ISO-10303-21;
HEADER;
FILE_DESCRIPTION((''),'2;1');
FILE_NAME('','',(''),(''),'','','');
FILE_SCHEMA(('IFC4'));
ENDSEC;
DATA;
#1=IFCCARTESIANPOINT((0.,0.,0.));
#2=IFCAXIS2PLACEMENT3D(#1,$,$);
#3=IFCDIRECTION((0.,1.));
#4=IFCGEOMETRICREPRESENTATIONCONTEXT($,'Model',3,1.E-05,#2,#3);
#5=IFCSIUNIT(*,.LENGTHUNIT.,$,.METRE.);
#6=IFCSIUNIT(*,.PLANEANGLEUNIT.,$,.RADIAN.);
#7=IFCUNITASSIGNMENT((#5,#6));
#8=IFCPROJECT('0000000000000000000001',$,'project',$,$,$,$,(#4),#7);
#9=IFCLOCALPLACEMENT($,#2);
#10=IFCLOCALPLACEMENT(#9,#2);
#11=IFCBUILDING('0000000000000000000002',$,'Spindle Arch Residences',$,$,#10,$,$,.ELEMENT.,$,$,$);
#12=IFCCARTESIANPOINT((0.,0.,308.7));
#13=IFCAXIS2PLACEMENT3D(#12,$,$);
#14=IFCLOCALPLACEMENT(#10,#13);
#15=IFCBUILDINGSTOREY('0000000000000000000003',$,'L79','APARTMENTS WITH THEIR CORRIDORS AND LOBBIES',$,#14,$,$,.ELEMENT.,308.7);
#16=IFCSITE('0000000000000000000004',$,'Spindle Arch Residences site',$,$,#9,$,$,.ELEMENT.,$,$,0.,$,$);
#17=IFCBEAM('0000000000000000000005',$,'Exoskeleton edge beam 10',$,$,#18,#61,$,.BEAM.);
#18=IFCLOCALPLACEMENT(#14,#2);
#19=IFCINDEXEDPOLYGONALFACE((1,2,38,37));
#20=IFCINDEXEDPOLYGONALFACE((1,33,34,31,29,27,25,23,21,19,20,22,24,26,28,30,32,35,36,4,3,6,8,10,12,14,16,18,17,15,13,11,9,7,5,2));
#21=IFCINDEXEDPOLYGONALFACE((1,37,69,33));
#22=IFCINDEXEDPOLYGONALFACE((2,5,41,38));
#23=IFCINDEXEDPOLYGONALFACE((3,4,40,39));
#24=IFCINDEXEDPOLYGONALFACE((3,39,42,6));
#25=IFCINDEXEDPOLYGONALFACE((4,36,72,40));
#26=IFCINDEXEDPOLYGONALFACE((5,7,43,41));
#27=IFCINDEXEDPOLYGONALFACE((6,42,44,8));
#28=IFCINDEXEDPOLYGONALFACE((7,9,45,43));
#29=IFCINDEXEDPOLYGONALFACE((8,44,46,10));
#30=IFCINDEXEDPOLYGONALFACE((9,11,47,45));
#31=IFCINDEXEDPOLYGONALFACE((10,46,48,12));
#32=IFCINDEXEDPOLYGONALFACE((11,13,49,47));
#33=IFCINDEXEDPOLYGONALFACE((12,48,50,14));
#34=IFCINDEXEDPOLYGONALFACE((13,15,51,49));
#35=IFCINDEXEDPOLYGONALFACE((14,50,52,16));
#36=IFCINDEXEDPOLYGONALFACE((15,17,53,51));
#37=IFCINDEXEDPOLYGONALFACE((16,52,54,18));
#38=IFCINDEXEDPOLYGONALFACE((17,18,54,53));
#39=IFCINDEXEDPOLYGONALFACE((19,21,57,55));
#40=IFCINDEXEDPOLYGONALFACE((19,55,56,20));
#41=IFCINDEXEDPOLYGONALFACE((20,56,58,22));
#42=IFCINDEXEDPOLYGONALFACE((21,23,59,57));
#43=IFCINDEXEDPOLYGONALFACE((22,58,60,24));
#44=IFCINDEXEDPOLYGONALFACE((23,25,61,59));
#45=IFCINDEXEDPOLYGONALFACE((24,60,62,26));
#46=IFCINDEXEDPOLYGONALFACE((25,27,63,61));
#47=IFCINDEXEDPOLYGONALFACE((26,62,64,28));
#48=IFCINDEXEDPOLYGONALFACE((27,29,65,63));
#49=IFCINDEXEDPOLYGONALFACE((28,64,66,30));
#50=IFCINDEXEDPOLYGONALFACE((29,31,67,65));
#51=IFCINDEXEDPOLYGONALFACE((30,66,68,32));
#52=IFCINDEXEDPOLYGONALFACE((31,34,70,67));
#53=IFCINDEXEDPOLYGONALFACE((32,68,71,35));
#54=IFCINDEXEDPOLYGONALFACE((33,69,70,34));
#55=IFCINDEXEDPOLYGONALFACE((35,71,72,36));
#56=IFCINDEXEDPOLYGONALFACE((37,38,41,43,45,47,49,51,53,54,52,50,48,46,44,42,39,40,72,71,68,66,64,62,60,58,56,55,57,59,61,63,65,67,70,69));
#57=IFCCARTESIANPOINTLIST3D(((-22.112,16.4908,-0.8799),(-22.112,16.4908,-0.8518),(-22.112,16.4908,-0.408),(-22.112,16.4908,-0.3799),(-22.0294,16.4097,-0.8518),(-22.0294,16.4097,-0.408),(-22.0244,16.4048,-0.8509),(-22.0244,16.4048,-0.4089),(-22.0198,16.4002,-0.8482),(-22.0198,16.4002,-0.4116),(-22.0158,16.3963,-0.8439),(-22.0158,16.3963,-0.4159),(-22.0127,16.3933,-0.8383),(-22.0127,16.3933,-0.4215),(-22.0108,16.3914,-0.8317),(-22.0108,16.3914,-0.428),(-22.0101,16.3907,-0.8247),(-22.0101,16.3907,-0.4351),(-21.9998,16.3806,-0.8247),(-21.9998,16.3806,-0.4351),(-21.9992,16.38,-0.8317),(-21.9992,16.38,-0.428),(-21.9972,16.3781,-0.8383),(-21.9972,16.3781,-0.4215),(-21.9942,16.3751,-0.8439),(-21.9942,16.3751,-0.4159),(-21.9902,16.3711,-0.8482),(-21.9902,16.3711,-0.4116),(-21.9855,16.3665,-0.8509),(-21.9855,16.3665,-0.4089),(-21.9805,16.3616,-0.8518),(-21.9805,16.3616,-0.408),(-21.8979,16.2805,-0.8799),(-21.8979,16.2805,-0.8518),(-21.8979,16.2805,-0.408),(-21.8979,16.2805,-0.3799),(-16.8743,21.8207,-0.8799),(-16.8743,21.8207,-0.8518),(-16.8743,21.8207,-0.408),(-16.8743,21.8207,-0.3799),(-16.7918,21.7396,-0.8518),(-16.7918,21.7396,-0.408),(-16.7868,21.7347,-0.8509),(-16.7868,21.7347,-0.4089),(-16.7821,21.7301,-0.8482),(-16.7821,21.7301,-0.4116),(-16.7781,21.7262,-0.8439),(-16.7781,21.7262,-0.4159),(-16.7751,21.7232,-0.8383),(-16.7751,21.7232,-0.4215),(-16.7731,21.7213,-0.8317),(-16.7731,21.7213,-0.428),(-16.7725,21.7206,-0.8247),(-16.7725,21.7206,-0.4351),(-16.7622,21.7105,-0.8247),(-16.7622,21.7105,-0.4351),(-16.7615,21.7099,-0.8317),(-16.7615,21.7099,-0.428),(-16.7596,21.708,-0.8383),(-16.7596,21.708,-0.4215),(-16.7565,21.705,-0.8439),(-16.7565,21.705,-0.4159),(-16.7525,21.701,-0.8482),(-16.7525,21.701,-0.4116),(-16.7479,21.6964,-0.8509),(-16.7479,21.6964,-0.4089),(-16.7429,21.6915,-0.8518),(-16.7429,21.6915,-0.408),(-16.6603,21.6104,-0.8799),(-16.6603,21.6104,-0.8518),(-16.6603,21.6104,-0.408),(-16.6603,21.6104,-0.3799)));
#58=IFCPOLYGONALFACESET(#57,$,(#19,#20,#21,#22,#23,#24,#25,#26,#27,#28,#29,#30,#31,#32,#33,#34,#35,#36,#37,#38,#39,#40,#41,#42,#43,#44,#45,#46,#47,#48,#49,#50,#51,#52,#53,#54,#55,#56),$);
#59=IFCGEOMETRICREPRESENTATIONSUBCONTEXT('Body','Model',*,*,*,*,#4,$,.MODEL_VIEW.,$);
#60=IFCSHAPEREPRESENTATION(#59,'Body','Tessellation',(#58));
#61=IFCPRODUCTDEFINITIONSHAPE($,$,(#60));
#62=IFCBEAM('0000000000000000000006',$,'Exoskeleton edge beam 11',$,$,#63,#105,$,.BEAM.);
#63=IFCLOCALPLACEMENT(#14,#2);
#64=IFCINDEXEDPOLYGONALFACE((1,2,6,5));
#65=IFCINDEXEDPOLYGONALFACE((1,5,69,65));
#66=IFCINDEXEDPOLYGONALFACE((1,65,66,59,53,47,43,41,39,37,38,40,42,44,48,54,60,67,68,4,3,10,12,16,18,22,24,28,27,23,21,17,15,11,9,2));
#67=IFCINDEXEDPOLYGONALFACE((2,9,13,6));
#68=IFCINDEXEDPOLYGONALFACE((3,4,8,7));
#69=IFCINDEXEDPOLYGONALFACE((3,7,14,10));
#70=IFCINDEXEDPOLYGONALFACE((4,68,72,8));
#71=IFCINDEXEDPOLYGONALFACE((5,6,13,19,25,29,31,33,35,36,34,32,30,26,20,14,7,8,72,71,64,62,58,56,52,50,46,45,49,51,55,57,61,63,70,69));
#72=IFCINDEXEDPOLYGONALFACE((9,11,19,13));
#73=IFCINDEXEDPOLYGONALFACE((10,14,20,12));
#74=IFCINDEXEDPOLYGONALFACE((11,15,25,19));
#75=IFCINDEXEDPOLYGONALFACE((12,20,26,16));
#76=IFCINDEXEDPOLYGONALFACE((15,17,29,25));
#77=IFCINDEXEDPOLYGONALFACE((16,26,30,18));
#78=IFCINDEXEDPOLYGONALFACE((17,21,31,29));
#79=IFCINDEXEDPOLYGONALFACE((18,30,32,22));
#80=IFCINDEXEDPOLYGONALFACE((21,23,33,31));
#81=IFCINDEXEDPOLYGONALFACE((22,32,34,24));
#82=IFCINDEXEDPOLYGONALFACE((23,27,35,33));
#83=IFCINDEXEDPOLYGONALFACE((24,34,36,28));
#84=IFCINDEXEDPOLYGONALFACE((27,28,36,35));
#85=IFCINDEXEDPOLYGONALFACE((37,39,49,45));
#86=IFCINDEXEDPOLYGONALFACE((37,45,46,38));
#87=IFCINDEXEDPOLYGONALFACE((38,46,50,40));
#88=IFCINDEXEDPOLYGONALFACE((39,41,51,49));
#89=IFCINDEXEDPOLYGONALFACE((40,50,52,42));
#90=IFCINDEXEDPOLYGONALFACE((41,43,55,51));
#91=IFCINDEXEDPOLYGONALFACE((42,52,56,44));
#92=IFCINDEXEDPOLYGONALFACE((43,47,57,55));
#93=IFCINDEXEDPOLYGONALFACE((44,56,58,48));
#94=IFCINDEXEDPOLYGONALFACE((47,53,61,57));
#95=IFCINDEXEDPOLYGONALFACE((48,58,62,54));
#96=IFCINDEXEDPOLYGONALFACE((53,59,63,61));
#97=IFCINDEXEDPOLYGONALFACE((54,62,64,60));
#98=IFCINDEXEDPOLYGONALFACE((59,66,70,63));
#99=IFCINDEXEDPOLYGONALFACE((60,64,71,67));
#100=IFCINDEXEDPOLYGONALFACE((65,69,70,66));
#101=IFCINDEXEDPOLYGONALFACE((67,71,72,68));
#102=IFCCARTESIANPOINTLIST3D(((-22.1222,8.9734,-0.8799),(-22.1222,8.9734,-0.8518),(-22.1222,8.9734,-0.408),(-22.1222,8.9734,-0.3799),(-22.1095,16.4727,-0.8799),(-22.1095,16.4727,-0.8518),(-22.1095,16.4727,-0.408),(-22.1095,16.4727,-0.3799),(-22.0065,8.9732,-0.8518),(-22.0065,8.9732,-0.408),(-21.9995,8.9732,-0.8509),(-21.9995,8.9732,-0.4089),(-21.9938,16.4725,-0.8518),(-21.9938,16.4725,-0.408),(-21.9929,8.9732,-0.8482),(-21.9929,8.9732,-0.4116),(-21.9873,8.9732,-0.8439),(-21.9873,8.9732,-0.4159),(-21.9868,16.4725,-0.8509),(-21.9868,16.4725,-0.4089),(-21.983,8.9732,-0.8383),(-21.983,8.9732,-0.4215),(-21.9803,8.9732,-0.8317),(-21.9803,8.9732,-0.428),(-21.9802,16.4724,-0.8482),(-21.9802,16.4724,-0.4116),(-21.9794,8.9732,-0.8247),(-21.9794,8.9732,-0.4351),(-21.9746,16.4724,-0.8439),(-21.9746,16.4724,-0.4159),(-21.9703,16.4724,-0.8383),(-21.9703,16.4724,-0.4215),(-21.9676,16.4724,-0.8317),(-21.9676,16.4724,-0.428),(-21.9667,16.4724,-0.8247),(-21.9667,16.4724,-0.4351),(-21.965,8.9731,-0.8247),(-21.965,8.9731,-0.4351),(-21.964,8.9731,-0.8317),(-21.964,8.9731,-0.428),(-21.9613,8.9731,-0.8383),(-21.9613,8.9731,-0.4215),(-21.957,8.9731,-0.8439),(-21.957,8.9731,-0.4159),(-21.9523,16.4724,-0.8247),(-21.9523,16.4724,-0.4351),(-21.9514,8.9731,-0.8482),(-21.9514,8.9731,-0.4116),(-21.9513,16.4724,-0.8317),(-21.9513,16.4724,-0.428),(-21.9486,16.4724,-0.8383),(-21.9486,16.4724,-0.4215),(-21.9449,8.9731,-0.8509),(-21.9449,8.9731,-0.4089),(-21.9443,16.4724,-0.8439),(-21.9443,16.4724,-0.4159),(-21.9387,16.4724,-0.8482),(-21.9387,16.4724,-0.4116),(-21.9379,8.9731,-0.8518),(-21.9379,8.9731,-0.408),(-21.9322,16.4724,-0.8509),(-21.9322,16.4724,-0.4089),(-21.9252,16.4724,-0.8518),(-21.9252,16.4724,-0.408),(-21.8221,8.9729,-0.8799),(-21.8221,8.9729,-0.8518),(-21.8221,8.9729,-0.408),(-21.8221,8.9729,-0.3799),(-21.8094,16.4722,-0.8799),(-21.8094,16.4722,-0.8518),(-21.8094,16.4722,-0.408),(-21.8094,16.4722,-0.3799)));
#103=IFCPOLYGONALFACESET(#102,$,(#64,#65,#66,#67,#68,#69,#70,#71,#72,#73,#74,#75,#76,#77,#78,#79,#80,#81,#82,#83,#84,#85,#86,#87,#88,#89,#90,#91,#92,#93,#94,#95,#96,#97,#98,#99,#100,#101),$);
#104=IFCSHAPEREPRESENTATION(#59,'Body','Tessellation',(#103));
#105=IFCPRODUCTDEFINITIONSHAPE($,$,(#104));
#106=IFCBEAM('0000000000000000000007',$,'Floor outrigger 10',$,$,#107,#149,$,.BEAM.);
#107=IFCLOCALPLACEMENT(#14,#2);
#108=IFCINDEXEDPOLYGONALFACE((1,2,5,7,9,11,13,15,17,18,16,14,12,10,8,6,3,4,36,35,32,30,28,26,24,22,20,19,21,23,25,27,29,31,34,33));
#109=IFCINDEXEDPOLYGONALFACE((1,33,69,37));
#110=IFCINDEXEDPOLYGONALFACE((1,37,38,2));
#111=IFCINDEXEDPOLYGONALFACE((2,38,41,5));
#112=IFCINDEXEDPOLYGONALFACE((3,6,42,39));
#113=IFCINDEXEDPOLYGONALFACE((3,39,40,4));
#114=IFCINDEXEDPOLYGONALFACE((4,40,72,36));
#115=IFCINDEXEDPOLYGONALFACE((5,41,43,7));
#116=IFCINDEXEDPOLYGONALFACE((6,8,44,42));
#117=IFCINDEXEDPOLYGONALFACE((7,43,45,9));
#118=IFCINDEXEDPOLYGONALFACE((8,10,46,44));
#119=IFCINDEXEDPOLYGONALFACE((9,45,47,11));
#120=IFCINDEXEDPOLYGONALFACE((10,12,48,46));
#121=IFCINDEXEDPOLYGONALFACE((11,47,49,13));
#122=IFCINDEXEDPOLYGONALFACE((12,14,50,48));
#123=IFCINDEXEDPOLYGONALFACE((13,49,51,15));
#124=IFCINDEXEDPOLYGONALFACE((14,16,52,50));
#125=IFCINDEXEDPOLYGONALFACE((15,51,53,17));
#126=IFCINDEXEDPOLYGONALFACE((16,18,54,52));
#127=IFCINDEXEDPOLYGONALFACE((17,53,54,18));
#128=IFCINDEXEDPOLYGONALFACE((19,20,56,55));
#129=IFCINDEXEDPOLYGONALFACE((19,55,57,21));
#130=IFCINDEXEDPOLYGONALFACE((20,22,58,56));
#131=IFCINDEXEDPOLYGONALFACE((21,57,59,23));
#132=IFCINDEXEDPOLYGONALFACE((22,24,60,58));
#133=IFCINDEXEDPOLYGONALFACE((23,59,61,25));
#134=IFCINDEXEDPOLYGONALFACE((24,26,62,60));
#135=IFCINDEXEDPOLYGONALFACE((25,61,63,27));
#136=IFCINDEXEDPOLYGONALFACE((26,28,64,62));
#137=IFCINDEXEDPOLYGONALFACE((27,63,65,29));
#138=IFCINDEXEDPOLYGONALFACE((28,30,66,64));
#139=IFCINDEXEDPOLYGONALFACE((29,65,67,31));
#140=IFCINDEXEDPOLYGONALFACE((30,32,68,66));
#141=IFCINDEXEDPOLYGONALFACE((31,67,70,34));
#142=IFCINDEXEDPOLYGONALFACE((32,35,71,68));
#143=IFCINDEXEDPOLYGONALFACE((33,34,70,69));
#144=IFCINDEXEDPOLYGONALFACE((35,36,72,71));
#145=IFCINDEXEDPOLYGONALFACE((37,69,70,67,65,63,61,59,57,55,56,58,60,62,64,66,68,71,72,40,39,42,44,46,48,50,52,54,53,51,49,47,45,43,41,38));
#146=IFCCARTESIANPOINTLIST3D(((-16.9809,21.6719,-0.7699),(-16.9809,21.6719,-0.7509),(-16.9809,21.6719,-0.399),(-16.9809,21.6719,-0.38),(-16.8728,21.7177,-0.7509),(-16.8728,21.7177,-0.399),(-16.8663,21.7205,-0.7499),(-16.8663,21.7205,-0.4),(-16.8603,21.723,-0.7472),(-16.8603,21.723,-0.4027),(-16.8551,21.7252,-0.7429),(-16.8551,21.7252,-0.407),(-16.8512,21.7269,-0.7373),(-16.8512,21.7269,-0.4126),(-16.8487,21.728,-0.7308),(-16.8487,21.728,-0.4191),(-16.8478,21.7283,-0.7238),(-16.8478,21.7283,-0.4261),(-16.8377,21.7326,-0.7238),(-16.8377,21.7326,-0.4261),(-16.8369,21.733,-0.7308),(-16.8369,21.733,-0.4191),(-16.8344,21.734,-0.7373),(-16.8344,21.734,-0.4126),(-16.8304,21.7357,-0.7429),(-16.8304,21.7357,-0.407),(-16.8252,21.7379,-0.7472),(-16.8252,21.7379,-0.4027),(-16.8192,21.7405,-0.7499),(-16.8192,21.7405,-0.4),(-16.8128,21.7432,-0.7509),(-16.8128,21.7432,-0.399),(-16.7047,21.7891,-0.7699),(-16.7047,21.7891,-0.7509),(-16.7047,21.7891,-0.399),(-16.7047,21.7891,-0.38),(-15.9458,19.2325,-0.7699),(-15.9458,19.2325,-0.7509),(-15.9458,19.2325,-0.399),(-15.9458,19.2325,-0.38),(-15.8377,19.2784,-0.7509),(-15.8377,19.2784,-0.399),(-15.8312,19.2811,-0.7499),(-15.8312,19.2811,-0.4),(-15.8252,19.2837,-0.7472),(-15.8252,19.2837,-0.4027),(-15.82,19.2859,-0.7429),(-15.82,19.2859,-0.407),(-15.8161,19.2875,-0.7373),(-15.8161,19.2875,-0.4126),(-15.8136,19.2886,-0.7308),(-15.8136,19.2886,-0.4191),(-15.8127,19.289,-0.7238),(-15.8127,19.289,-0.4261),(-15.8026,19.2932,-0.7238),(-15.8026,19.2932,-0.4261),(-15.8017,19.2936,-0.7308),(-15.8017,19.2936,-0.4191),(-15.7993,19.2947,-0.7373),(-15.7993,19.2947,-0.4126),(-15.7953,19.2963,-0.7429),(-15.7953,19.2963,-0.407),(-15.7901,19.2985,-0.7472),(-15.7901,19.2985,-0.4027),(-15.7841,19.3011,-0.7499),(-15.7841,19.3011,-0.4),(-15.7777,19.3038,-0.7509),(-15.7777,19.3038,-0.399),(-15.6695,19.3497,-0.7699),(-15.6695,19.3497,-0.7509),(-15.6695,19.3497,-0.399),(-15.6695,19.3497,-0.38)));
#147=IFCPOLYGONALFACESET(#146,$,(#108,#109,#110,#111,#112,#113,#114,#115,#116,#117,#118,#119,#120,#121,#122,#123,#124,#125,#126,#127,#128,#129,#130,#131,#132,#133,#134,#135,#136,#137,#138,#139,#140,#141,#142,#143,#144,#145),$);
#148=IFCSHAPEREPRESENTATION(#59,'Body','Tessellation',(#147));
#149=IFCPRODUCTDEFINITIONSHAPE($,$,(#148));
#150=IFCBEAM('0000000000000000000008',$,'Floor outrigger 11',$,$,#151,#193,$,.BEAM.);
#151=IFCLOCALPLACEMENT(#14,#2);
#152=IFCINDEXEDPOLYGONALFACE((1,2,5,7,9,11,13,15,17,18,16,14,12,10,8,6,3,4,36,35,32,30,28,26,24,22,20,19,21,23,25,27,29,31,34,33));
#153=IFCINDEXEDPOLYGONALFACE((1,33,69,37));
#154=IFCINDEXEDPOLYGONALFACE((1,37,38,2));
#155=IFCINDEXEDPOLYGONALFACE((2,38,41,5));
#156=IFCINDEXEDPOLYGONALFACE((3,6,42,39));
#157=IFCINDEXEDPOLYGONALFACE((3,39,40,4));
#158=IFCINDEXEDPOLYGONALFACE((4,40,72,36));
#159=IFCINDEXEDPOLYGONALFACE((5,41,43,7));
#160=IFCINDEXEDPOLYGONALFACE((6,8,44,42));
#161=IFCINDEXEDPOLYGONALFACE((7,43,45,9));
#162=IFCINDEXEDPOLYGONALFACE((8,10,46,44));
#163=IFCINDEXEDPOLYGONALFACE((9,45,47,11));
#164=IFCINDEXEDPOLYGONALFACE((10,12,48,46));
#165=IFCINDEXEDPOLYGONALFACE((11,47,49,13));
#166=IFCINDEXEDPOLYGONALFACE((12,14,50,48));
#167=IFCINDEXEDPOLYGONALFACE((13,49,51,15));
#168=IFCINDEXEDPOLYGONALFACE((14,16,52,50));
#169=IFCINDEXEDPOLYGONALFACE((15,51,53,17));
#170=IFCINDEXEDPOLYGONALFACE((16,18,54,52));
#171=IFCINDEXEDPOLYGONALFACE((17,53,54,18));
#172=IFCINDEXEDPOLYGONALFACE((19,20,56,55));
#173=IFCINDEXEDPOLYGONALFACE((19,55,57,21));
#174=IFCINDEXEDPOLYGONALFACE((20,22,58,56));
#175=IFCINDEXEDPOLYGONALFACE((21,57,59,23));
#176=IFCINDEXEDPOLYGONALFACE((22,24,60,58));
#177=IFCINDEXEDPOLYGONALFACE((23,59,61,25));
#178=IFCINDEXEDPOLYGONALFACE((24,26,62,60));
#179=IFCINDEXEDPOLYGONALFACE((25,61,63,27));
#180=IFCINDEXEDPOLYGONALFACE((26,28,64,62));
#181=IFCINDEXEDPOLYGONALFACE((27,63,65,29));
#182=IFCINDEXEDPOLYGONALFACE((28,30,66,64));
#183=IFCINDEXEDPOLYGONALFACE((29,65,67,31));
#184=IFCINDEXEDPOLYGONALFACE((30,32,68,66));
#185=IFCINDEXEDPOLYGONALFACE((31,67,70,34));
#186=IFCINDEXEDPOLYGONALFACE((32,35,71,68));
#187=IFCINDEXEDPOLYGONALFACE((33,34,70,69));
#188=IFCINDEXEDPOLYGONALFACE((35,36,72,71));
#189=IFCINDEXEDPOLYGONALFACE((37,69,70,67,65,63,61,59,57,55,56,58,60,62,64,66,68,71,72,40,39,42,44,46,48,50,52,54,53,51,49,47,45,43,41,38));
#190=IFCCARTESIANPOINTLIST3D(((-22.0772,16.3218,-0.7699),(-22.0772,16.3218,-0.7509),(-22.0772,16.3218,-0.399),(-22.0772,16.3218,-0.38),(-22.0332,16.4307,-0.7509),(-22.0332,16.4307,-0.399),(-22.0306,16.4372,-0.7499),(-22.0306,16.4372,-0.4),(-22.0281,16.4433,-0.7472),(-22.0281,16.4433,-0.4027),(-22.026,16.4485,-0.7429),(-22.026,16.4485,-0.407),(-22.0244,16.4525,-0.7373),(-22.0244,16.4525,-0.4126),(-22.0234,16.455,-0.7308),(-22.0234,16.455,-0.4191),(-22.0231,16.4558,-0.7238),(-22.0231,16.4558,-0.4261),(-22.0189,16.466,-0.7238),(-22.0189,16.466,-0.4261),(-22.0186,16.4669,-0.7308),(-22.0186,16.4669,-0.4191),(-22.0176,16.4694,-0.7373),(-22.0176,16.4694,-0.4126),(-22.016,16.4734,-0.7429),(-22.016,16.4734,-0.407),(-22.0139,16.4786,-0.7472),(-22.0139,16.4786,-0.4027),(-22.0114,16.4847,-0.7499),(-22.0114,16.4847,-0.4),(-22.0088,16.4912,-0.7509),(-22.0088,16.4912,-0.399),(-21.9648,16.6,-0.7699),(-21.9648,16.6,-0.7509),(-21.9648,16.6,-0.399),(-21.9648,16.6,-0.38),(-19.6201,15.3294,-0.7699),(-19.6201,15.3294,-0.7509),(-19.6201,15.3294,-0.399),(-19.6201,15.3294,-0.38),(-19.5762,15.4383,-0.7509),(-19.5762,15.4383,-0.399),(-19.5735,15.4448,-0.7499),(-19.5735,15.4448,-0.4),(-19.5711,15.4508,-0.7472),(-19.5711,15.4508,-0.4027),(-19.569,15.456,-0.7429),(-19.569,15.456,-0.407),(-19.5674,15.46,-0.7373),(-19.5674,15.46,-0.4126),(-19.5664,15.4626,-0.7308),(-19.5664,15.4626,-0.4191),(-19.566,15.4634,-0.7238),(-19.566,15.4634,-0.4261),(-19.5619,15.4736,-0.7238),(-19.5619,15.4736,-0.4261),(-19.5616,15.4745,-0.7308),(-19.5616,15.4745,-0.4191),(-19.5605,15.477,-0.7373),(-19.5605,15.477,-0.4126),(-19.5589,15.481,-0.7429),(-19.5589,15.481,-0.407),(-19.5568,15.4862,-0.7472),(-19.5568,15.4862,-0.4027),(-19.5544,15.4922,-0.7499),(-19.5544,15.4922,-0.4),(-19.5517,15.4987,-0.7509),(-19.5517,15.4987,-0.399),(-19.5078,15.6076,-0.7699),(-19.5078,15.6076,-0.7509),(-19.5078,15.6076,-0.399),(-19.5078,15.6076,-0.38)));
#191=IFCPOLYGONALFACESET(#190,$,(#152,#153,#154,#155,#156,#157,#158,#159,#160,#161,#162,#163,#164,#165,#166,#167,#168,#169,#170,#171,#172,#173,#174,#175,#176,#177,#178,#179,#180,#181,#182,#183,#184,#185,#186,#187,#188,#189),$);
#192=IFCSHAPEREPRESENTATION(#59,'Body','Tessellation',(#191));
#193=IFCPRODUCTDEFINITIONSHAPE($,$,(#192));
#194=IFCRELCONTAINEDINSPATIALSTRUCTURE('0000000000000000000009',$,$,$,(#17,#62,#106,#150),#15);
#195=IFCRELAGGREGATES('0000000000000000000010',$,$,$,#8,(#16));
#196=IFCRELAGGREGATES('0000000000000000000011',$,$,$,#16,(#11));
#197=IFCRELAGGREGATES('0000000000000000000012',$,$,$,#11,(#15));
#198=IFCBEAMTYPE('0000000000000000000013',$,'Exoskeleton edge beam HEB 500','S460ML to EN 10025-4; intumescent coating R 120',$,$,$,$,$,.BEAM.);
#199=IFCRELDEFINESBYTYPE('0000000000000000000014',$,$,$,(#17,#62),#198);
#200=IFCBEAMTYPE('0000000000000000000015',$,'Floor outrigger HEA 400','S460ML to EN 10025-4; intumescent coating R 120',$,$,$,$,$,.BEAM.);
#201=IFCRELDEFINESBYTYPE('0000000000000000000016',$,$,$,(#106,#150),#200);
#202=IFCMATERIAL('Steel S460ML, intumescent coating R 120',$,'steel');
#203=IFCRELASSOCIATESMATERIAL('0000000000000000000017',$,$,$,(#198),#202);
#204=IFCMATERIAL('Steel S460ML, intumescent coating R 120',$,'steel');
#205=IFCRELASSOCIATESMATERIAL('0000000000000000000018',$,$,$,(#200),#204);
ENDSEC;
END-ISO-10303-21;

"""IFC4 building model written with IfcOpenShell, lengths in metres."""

from ifc_helpers import new_model, si_unit, direction, frame, origin, origin_2d, place, context, subcontext, project, spatial, i_section, extrude, material, material_profile, profile_set, type_object, element, save


model = new_model("IFC4")

# Units and contexts
model_context = context("Model", 3, precision=1e-05, world=origin(), true_north=direction((0.0, 1.0)))
body_context = subcontext(model_context, "Body", "Model", "MODEL_VIEW")
ifc_project = project(units=[si_unit("LENGTHUNIT", "METRE"), si_unit("PLANEANGLEUNIT", "RADIAN")], contexts=[model_context])

# Site, building, storey
site_placement = place(None, origin())
site = spatial("IfcSite", under=ifc_project, at=site_placement, Name="Spindle Arch Residences site", CompositionType="ELEMENT", RefElevation=0.0)
building_placement = place(site_placement, origin())
building = spatial("IfcBuilding", under=site, at=building_placement, Name="Spindle Arch Residences", CompositionType="ELEMENT")
storey_placement = place(building_placement, frame((0.0, 0.0, 308.7)))
storey = spatial("IfcBuildingStorey", under=building, at=storey_placement, Name="L79", Description="APARTMENTS WITH THEIR CORRIDORS AND LOBBIES", CompositionType="ELEMENT", Elevation=308.7)

# Beams
ifc_material_1 = material(Name="Steel S460ML, intumescent coating R 120", Category="steel")
ifc_material_profile_1 = material_profile(ifc_material_1, i_section(OverallWidth=0.3, OverallDepth=0.5, WebThickness=0.0144, FlangeThickness=0.0281, FilletRadius=0.0271, at=origin_2d()), Name="HEB 500")
ifc_profile_set_1 = profile_set([ifc_material_profile_1], Name="Steel S460ML, intumescent coating R 120")
beam_type_1 = type_object("IfcBeamType", Name="Exoskeleton edge beam HEB 500", Description="S460ML to EN 10025-4; intumescent coating R 120", PredefinedType="BEAM", material=ifc_profile_set_1)
beam_1_placement = place(storey_placement, frame((-16.7673, 21.7156, -0.6299), z_axis=(-0.700905, -0.713255, 0.0), x_axis=(0.713255, -0.700905, 0.0)))
element("IfcBeam", 1, at=beam_1_placement, inside=storey, type_object=beam_type_1, Name="Exoskeleton edge beam 10", PredefinedType="BEAM", context=body_context, shape_type="SweptSolid", body=[
    extrude(i_section(OverallWidth=0.3, OverallDepth=0.5, WebThickness=0.0144, FlangeThickness=0.0281, FilletRadius=0.0271, at=origin_2d()), origin(), (0.0, 0.0, 1.0), 7.4727),
])
beam_2_placement = place(storey_placement, frame((-21.9595, 16.4724, -0.6299), z_axis=(-0.001693, -0.999999, 0.0), x_axis=(0.999999, -0.001693, 0.0)))
element("IfcBeam", 2, at=beam_2_placement, inside=storey, type_object=beam_type_1, Name="Exoskeleton edge beam 11", PredefinedType="BEAM", context=body_context, shape_type="SweptSolid", body=[
    extrude(i_section(OverallWidth=0.3, OverallDepth=0.5, WebThickness=0.0144, FlangeThickness=0.0281, FilletRadius=0.0271, at=origin_2d()), origin(), (0.0, 0.0, 1.0), 7.4993),
])
ifc_material_2 = material(Name="Steel S460ML, intumescent coating R 120", Category="steel")
ifc_material_profile_2 = material_profile(ifc_material_2, i_section(OverallWidth=0.3, OverallDepth=0.3899, WebThickness=0.011, FlangeThickness=0.019, FilletRadius=0.0271, at=origin_2d()), Name="HEA 400")
ifc_profile_set_2 = profile_set([ifc_material_profile_2], Name="Steel S460ML, intumescent coating R 120")
beam_type_2 = type_object("IfcBeamType", Name="Floor outrigger HEA 400", Description="S460ML to EN 10025-4; intumescent coating R 120", PredefinedType="BEAM", material=ifc_profile_set_2)
for number, where, z_axis, x_axis, name in (
    (3, (-16.8428, 21.7305, -0.575), (0.390626, -0.92055, 0.0), (0.92055, 0.390626, 0.0), "Floor outrigger 10"),
    (4, (-22.021, 16.4609, -0.575), (0.92722, -0.374518, 0.0), (0.374518, 0.92722, 0.0), "Floor outrigger 11"),
):
    element("IfcBeam", number, at=place(storey_placement, frame(where, z_axis=z_axis, x_axis=x_axis)), inside=storey, type_object=beam_type_2, Name=name, PredefinedType="BEAM", context=body_context, shape_type="SweptSolid", body=[
        extrude(i_section(OverallWidth=0.3, OverallDepth=0.3899, WebThickness=0.011, FlangeThickness=0.019, FilletRadius=0.0271, at=origin_2d()), origin(), (0.0, 0.0, 1.0), 2.6499),
    ])

save(model, "model.ifc")
